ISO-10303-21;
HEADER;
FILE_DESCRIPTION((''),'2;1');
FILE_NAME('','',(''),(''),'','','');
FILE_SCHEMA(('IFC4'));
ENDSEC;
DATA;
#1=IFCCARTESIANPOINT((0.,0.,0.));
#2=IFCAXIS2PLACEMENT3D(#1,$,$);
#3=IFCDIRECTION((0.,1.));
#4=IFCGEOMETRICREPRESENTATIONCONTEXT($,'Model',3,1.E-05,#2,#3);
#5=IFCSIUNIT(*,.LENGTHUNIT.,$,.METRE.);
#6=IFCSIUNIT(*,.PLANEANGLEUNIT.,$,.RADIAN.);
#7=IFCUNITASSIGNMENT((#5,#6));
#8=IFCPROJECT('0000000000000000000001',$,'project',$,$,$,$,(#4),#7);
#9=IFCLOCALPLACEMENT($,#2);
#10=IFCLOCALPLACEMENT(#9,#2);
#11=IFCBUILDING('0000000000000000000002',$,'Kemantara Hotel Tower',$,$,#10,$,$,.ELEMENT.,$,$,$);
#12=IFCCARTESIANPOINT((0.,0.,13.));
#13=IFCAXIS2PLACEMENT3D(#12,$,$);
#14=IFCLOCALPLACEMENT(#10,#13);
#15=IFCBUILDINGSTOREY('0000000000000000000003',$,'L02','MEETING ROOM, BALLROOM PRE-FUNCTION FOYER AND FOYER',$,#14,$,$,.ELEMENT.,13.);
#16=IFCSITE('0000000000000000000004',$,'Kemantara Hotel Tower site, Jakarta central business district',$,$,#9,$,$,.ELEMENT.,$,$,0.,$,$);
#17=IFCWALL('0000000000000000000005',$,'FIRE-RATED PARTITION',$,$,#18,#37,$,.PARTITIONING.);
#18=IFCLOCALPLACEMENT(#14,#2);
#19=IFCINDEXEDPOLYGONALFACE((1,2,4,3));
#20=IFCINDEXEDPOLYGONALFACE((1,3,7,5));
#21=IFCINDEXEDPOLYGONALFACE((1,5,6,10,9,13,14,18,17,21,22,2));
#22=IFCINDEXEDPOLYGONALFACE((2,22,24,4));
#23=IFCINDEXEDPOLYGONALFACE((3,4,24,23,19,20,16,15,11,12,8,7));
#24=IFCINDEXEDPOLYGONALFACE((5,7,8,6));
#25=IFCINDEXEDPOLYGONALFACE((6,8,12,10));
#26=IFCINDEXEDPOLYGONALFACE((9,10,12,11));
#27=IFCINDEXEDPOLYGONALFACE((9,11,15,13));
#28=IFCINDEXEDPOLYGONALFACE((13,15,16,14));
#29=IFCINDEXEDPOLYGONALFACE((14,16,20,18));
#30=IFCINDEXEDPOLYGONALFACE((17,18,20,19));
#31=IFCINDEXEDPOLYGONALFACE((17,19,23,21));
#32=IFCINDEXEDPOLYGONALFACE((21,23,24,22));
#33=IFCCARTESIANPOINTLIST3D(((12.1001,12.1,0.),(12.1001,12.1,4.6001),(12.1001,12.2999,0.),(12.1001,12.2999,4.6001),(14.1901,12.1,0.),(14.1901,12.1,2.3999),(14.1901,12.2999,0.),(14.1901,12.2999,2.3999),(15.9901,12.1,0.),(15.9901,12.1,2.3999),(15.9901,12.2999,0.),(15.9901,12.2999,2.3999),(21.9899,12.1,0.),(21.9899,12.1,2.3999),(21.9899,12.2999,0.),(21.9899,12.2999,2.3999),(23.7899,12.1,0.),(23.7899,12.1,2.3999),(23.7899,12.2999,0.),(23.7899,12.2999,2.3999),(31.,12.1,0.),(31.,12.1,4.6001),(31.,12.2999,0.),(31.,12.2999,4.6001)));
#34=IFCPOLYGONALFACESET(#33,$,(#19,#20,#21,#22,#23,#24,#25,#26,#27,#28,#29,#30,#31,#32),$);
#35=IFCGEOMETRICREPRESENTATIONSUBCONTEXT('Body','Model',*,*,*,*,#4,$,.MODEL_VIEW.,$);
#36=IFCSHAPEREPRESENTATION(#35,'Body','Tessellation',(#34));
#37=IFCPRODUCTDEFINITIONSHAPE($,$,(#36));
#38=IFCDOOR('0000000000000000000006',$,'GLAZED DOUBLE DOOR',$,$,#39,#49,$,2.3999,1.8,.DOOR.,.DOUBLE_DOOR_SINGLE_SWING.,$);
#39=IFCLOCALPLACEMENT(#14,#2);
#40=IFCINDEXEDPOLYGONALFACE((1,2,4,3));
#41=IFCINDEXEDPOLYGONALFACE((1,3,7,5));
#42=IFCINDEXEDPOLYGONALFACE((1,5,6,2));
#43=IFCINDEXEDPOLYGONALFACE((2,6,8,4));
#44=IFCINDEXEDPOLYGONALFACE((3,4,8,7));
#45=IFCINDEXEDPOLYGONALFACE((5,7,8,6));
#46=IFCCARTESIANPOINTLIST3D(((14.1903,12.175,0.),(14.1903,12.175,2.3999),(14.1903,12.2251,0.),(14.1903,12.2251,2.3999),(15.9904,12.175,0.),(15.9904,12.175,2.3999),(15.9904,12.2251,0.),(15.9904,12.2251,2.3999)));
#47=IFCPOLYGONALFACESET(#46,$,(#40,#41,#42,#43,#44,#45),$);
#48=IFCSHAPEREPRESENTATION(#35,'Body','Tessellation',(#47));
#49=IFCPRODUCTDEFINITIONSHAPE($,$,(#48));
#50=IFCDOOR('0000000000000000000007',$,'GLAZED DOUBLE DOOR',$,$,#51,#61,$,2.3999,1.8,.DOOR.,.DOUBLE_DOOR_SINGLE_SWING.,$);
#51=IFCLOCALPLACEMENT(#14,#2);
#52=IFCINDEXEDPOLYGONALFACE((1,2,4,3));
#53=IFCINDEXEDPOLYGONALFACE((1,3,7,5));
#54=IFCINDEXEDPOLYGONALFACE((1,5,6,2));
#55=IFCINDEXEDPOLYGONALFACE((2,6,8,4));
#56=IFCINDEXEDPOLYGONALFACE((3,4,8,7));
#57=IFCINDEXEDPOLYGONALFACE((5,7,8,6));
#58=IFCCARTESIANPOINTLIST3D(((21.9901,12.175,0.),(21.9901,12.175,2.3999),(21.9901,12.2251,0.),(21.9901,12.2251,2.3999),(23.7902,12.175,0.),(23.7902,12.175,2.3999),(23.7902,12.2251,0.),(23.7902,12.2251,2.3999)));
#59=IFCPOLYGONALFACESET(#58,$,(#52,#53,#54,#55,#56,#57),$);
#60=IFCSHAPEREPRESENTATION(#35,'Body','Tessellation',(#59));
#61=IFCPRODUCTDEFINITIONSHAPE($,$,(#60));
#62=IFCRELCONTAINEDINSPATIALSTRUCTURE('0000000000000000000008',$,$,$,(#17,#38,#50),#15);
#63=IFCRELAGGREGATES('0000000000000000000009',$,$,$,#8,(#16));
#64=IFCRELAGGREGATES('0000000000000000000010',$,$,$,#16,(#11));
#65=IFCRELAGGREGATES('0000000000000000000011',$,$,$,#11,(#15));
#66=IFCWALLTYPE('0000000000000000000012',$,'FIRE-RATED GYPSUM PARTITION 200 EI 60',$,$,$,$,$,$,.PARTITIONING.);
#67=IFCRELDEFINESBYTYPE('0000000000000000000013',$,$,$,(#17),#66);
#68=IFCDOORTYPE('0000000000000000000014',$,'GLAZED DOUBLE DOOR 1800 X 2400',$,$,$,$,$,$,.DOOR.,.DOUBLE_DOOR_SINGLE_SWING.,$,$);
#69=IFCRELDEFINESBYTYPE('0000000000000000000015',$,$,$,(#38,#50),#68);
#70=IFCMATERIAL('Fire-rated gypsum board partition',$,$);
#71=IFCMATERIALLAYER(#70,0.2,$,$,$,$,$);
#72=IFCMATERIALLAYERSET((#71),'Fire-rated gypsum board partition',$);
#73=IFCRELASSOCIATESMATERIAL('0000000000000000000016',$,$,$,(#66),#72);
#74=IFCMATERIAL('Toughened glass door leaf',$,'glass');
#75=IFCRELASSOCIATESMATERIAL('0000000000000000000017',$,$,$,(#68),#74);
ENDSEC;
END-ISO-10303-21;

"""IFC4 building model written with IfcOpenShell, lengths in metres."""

from ifc_helpers import new_model, si_unit, direction, frame, frame_2d, origin, place, context, subcontext, project, spatial, rectangle, extrude, material, layer, layer_set, type_object, element, fill, save


model = new_model("IFC4")

# Units and contexts
model_context = context("Model", 3, precision=1e-05, world=origin(), true_north=direction((0.0, 1.0)))
body_context = subcontext(model_context, "Body", "Model", "MODEL_VIEW")
ifc_project = project(units=[si_unit("LENGTHUNIT", "METRE"), si_unit("PLANEANGLEUNIT", "RADIAN")], contexts=[model_context])

# Site, building, storey
site_placement = place(None, origin())
site = spatial("IfcSite", under=ifc_project, at=site_placement, Name="Kemantara Hotel Tower site, Jakarta central business district", CompositionType="ELEMENT", RefElevation=0.0)
building_placement = place(site_placement, origin())
building = spatial("IfcBuilding", under=site, at=building_placement, Name="Kemantara Hotel Tower", CompositionType="ELEMENT")
storey_placement = place(building_placement, frame((0.0, 0.0, 13.0)))
storey = spatial("IfcBuildingStorey", under=building, at=storey_placement, Name="L02", Description="MEETING ROOM, BALLROOM PRE-FUNCTION FOYER AND FOYER", CompositionType="ELEMENT", Elevation=13.0)

# Wall, openings, doors
ifc_material_1 = material(Name="Fire-rated gypsum board partition")
ifc_layer_1 = layer(ifc_material_1, 0.2)
ifc_layer_set_1 = layer_set([ifc_layer_1], Name="Fire-rated gypsum board partition")
wall_type_1 = type_object("IfcWallType", Name="FIRE-RATED GYPSUM PARTITION 200 EI 60", PredefinedType="PARTITIONING", material=ifc_layer_set_1)
wall_1_placement = place(storey_placement, frame((12.1001, 12.2, 0.0), z_axis=(0.0, 0.0, 1.0), x_axis=(1.0, 0.0, 0.0)))
wall_1 = element("IfcWall", 1, at=wall_1_placement, inside=storey, type_object=wall_type_1, Name="FIRE-RATED PARTITION", PredefinedType="PARTITIONING", context=body_context, shape_type="SweptSolid", body=[
    extrude(rectangle(XDim=18.8999, YDim=0.2, at=frame_2d((9.45, 0.0))), origin(), (0.0, 0.0, 1.0), 4.6001),
])
opening_1_placement = place(wall_1_placement, frame((2.0901, 0.0, 0.0)))
opening_1 = element("IfcOpeningElement", 2, at=opening_1_placement, cuts=wall_1, PredefinedType="OPENING", context=body_context, shape_type="SweptSolid", body=[
    extrude(rectangle(XDim=1.8, YDim=2.3999, at=frame_2d((0.8999, 1.2))), frame((0.0, 0.1099, 0.0), z_axis=(0.0, -1.0, 0.0), x_axis=(1.0, 0.0, 0.0)), (0.0, 0.0, 1.0), 0.22),
])
opening_2_placement = place(wall_1_placement, frame((9.8899, 0.0, 0.0)))
opening_2 = element("IfcOpeningElement", 3, at=opening_2_placement, cuts=wall_1, PredefinedType="OPENING", context=body_context, shape_type="SweptSolid", body=[
    extrude(rectangle(XDim=1.8, YDim=2.3999, at=frame_2d((0.8999, 1.2))), frame((0.0, 0.1099, 0.0), z_axis=(0.0, -1.0, 0.0), x_axis=(1.0, 0.0, 0.0)), (0.0, 0.0, 1.0), 0.22),
])
ifc_material_2 = material(Name="Toughened glass door leaf", Category="glass")
door_type_1 = type_object("IfcDoorType", Name="GLAZED DOUBLE DOOR 1800 X 2400", OperationType="DOUBLE_DOOR_SINGLE_SWING", PredefinedType="DOOR", material=ifc_material_2)
door_1_placement = place(opening_1_placement, frame((1.8, 0.0, 0.0), z_axis=(0.0, 0.0, 1.0), x_axis=(-1.0, 0.0, 0.0)))
door_1 = element("IfcDoor", 4, at=door_1_placement, inside=storey, type_object=door_type_1, Name="GLAZED DOUBLE DOOR", OperationType="DOUBLE_DOOR_SINGLE_SWING", OverallHeight=2.3999, OverallWidth=1.8, PredefinedType="DOOR", context=body_context, shape_type="SweptSolid", body=[
    extrude(rectangle(XDim=1.8, YDim=2.3999, at=frame_2d((0.8999, 1.2))), frame((0.0, 0.0249, 0.0), z_axis=(0.0, -1.0, 0.0), x_axis=(1.0, 0.0, 0.0)), (0.0, 0.0, 1.0), 0.05),
])
fill(opening_1, door_1)
door_2_placement = place(opening_2_placement, frame((1.8, 0.0, 0.0), z_axis=(0.0, 0.0, 1.0), x_axis=(-1.0, 0.0, 0.0)))
door_2 = element("IfcDoor", 5, at=door_2_placement, inside=storey, type_object=door_type_1, Name="GLAZED DOUBLE DOOR", OperationType="DOUBLE_DOOR_SINGLE_SWING", OverallHeight=2.3999, OverallWidth=1.8, PredefinedType="DOOR", context=body_context, shape_type="SweptSolid", body=[
    extrude(rectangle(XDim=1.8, YDim=2.3999, at=frame_2d((0.8999, 1.2))), frame((0.0, 0.0249, 0.0), z_axis=(0.0, -1.0, 0.0), x_axis=(1.0, 0.0, 0.0)), (0.0, 0.0, 1.0), 0.05),
])
fill(opening_2, door_2)

save(model, "model.ifc")
